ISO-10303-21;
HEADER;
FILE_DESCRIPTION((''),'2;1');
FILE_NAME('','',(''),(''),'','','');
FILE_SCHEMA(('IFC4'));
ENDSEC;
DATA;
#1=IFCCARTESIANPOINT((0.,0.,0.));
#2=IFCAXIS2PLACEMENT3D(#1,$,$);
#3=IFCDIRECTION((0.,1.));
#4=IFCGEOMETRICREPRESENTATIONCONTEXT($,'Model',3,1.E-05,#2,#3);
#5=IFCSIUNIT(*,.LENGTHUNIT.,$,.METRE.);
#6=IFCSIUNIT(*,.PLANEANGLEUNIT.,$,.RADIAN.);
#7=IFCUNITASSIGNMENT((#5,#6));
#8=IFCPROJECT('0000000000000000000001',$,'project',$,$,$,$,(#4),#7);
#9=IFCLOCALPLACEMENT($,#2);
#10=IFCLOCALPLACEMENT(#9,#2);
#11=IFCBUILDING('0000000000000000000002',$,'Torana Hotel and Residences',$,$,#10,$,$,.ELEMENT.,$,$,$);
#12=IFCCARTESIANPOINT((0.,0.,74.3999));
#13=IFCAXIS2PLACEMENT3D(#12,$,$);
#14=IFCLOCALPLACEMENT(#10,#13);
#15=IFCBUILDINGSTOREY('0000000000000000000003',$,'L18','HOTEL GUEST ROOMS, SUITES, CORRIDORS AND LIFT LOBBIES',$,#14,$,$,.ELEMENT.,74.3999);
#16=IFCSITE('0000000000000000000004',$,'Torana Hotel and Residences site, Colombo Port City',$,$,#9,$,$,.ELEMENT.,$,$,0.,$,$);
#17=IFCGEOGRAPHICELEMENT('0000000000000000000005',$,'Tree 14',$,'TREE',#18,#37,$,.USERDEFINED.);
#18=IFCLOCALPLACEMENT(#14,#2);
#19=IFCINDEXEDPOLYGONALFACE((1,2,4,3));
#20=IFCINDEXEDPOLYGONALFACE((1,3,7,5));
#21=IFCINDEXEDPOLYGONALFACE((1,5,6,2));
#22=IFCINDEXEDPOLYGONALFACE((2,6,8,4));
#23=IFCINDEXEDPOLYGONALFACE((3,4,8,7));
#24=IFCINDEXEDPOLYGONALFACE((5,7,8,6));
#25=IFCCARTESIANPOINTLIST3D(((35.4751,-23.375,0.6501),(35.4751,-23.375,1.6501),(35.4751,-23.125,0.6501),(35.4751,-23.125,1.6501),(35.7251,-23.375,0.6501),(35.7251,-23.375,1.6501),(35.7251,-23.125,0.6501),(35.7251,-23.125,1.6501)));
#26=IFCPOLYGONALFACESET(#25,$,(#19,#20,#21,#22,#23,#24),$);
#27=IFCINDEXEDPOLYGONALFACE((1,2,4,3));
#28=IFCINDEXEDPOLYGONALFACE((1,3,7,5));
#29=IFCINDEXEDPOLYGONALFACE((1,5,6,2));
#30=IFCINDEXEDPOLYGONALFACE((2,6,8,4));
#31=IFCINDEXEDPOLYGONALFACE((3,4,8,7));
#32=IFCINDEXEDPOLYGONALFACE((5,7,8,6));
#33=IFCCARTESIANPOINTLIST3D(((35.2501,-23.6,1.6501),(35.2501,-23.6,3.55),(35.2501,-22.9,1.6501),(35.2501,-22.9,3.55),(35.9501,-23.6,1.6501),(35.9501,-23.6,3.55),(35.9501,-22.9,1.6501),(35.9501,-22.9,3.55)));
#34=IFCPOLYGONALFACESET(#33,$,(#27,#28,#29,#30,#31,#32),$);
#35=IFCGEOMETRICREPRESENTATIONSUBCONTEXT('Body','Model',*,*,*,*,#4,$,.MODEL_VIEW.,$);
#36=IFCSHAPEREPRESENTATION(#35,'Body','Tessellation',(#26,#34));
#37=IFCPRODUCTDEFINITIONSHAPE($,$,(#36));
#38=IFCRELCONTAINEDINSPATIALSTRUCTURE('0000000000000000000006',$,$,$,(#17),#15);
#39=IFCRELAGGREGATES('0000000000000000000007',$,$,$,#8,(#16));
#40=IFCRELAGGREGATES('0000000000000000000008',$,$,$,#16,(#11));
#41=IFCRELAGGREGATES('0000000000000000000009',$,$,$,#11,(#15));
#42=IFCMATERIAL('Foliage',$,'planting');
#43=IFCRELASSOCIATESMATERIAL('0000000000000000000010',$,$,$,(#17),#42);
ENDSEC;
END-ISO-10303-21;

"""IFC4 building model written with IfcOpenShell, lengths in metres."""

from ifc_helpers import new_model, si_unit, direction, frame, origin, origin_2d, place, context, subcontext, project, spatial, rectangle, extrude, material, element, save


model = new_model("IFC4")

# Units and contexts
model_context = context("Model", 3, precision=1e-05, world=origin(), true_north=direction((0.0, 1.0)))
body_context = subcontext(model_context, "Body", "Model", "MODEL_VIEW")
ifc_project = project(units=[si_unit("LENGTHUNIT", "METRE"), si_unit("PLANEANGLEUNIT", "RADIAN")], contexts=[model_context])

# Site, building, storey
site_placement = place(None, origin())
site = spatial("IfcSite", under=ifc_project, at=site_placement, Name="Torana Hotel and Residences site, Colombo Port City", CompositionType="ELEMENT", RefElevation=0.0)
building_placement = place(site_placement, origin())
building = spatial("IfcBuilding", under=site, at=building_placement, Name="Torana Hotel and Residences", CompositionType="ELEMENT")
storey_placement = place(building_placement, frame((0.0, 0.0, 74.3999)))
storey = spatial("IfcBuildingStorey", under=building, at=storey_placement, Name="L18", Description="HOTEL GUEST ROOMS, SUITES, CORRIDORS AND LIFT LOBBIES", CompositionType="ELEMENT", Elevation=74.3999)

# Geographic element
ifc_material_1 = material(Name="Foliage", Category="planting")
geographic_element_placement = place(storey_placement, frame((35.6001, -23.25, 0.6501), z_axis=(0.0, 0.0, 1.0), x_axis=(1.0, 0.0, 0.0)))
element("IfcGeographicElement", 1, at=geographic_element_placement, inside=storey, material=ifc_material_1, Name="Tree 14", ObjectType="TREE", PredefinedType="USERDEFINED", context=body_context, shape_type="SweptSolid", body=[
    extrude(rectangle(XDim=0.25, YDim=0.25, at=origin_2d()), origin(), (0.0, 0.0, 1.0), 1.0),
    extrude(rectangle(XDim=0.7, YDim=0.7, at=origin_2d()), frame((0.0, 0.0, 1.0)), (0.0, 0.0, 1.0), 1.8999),
])

save(model, "model.ifc")
